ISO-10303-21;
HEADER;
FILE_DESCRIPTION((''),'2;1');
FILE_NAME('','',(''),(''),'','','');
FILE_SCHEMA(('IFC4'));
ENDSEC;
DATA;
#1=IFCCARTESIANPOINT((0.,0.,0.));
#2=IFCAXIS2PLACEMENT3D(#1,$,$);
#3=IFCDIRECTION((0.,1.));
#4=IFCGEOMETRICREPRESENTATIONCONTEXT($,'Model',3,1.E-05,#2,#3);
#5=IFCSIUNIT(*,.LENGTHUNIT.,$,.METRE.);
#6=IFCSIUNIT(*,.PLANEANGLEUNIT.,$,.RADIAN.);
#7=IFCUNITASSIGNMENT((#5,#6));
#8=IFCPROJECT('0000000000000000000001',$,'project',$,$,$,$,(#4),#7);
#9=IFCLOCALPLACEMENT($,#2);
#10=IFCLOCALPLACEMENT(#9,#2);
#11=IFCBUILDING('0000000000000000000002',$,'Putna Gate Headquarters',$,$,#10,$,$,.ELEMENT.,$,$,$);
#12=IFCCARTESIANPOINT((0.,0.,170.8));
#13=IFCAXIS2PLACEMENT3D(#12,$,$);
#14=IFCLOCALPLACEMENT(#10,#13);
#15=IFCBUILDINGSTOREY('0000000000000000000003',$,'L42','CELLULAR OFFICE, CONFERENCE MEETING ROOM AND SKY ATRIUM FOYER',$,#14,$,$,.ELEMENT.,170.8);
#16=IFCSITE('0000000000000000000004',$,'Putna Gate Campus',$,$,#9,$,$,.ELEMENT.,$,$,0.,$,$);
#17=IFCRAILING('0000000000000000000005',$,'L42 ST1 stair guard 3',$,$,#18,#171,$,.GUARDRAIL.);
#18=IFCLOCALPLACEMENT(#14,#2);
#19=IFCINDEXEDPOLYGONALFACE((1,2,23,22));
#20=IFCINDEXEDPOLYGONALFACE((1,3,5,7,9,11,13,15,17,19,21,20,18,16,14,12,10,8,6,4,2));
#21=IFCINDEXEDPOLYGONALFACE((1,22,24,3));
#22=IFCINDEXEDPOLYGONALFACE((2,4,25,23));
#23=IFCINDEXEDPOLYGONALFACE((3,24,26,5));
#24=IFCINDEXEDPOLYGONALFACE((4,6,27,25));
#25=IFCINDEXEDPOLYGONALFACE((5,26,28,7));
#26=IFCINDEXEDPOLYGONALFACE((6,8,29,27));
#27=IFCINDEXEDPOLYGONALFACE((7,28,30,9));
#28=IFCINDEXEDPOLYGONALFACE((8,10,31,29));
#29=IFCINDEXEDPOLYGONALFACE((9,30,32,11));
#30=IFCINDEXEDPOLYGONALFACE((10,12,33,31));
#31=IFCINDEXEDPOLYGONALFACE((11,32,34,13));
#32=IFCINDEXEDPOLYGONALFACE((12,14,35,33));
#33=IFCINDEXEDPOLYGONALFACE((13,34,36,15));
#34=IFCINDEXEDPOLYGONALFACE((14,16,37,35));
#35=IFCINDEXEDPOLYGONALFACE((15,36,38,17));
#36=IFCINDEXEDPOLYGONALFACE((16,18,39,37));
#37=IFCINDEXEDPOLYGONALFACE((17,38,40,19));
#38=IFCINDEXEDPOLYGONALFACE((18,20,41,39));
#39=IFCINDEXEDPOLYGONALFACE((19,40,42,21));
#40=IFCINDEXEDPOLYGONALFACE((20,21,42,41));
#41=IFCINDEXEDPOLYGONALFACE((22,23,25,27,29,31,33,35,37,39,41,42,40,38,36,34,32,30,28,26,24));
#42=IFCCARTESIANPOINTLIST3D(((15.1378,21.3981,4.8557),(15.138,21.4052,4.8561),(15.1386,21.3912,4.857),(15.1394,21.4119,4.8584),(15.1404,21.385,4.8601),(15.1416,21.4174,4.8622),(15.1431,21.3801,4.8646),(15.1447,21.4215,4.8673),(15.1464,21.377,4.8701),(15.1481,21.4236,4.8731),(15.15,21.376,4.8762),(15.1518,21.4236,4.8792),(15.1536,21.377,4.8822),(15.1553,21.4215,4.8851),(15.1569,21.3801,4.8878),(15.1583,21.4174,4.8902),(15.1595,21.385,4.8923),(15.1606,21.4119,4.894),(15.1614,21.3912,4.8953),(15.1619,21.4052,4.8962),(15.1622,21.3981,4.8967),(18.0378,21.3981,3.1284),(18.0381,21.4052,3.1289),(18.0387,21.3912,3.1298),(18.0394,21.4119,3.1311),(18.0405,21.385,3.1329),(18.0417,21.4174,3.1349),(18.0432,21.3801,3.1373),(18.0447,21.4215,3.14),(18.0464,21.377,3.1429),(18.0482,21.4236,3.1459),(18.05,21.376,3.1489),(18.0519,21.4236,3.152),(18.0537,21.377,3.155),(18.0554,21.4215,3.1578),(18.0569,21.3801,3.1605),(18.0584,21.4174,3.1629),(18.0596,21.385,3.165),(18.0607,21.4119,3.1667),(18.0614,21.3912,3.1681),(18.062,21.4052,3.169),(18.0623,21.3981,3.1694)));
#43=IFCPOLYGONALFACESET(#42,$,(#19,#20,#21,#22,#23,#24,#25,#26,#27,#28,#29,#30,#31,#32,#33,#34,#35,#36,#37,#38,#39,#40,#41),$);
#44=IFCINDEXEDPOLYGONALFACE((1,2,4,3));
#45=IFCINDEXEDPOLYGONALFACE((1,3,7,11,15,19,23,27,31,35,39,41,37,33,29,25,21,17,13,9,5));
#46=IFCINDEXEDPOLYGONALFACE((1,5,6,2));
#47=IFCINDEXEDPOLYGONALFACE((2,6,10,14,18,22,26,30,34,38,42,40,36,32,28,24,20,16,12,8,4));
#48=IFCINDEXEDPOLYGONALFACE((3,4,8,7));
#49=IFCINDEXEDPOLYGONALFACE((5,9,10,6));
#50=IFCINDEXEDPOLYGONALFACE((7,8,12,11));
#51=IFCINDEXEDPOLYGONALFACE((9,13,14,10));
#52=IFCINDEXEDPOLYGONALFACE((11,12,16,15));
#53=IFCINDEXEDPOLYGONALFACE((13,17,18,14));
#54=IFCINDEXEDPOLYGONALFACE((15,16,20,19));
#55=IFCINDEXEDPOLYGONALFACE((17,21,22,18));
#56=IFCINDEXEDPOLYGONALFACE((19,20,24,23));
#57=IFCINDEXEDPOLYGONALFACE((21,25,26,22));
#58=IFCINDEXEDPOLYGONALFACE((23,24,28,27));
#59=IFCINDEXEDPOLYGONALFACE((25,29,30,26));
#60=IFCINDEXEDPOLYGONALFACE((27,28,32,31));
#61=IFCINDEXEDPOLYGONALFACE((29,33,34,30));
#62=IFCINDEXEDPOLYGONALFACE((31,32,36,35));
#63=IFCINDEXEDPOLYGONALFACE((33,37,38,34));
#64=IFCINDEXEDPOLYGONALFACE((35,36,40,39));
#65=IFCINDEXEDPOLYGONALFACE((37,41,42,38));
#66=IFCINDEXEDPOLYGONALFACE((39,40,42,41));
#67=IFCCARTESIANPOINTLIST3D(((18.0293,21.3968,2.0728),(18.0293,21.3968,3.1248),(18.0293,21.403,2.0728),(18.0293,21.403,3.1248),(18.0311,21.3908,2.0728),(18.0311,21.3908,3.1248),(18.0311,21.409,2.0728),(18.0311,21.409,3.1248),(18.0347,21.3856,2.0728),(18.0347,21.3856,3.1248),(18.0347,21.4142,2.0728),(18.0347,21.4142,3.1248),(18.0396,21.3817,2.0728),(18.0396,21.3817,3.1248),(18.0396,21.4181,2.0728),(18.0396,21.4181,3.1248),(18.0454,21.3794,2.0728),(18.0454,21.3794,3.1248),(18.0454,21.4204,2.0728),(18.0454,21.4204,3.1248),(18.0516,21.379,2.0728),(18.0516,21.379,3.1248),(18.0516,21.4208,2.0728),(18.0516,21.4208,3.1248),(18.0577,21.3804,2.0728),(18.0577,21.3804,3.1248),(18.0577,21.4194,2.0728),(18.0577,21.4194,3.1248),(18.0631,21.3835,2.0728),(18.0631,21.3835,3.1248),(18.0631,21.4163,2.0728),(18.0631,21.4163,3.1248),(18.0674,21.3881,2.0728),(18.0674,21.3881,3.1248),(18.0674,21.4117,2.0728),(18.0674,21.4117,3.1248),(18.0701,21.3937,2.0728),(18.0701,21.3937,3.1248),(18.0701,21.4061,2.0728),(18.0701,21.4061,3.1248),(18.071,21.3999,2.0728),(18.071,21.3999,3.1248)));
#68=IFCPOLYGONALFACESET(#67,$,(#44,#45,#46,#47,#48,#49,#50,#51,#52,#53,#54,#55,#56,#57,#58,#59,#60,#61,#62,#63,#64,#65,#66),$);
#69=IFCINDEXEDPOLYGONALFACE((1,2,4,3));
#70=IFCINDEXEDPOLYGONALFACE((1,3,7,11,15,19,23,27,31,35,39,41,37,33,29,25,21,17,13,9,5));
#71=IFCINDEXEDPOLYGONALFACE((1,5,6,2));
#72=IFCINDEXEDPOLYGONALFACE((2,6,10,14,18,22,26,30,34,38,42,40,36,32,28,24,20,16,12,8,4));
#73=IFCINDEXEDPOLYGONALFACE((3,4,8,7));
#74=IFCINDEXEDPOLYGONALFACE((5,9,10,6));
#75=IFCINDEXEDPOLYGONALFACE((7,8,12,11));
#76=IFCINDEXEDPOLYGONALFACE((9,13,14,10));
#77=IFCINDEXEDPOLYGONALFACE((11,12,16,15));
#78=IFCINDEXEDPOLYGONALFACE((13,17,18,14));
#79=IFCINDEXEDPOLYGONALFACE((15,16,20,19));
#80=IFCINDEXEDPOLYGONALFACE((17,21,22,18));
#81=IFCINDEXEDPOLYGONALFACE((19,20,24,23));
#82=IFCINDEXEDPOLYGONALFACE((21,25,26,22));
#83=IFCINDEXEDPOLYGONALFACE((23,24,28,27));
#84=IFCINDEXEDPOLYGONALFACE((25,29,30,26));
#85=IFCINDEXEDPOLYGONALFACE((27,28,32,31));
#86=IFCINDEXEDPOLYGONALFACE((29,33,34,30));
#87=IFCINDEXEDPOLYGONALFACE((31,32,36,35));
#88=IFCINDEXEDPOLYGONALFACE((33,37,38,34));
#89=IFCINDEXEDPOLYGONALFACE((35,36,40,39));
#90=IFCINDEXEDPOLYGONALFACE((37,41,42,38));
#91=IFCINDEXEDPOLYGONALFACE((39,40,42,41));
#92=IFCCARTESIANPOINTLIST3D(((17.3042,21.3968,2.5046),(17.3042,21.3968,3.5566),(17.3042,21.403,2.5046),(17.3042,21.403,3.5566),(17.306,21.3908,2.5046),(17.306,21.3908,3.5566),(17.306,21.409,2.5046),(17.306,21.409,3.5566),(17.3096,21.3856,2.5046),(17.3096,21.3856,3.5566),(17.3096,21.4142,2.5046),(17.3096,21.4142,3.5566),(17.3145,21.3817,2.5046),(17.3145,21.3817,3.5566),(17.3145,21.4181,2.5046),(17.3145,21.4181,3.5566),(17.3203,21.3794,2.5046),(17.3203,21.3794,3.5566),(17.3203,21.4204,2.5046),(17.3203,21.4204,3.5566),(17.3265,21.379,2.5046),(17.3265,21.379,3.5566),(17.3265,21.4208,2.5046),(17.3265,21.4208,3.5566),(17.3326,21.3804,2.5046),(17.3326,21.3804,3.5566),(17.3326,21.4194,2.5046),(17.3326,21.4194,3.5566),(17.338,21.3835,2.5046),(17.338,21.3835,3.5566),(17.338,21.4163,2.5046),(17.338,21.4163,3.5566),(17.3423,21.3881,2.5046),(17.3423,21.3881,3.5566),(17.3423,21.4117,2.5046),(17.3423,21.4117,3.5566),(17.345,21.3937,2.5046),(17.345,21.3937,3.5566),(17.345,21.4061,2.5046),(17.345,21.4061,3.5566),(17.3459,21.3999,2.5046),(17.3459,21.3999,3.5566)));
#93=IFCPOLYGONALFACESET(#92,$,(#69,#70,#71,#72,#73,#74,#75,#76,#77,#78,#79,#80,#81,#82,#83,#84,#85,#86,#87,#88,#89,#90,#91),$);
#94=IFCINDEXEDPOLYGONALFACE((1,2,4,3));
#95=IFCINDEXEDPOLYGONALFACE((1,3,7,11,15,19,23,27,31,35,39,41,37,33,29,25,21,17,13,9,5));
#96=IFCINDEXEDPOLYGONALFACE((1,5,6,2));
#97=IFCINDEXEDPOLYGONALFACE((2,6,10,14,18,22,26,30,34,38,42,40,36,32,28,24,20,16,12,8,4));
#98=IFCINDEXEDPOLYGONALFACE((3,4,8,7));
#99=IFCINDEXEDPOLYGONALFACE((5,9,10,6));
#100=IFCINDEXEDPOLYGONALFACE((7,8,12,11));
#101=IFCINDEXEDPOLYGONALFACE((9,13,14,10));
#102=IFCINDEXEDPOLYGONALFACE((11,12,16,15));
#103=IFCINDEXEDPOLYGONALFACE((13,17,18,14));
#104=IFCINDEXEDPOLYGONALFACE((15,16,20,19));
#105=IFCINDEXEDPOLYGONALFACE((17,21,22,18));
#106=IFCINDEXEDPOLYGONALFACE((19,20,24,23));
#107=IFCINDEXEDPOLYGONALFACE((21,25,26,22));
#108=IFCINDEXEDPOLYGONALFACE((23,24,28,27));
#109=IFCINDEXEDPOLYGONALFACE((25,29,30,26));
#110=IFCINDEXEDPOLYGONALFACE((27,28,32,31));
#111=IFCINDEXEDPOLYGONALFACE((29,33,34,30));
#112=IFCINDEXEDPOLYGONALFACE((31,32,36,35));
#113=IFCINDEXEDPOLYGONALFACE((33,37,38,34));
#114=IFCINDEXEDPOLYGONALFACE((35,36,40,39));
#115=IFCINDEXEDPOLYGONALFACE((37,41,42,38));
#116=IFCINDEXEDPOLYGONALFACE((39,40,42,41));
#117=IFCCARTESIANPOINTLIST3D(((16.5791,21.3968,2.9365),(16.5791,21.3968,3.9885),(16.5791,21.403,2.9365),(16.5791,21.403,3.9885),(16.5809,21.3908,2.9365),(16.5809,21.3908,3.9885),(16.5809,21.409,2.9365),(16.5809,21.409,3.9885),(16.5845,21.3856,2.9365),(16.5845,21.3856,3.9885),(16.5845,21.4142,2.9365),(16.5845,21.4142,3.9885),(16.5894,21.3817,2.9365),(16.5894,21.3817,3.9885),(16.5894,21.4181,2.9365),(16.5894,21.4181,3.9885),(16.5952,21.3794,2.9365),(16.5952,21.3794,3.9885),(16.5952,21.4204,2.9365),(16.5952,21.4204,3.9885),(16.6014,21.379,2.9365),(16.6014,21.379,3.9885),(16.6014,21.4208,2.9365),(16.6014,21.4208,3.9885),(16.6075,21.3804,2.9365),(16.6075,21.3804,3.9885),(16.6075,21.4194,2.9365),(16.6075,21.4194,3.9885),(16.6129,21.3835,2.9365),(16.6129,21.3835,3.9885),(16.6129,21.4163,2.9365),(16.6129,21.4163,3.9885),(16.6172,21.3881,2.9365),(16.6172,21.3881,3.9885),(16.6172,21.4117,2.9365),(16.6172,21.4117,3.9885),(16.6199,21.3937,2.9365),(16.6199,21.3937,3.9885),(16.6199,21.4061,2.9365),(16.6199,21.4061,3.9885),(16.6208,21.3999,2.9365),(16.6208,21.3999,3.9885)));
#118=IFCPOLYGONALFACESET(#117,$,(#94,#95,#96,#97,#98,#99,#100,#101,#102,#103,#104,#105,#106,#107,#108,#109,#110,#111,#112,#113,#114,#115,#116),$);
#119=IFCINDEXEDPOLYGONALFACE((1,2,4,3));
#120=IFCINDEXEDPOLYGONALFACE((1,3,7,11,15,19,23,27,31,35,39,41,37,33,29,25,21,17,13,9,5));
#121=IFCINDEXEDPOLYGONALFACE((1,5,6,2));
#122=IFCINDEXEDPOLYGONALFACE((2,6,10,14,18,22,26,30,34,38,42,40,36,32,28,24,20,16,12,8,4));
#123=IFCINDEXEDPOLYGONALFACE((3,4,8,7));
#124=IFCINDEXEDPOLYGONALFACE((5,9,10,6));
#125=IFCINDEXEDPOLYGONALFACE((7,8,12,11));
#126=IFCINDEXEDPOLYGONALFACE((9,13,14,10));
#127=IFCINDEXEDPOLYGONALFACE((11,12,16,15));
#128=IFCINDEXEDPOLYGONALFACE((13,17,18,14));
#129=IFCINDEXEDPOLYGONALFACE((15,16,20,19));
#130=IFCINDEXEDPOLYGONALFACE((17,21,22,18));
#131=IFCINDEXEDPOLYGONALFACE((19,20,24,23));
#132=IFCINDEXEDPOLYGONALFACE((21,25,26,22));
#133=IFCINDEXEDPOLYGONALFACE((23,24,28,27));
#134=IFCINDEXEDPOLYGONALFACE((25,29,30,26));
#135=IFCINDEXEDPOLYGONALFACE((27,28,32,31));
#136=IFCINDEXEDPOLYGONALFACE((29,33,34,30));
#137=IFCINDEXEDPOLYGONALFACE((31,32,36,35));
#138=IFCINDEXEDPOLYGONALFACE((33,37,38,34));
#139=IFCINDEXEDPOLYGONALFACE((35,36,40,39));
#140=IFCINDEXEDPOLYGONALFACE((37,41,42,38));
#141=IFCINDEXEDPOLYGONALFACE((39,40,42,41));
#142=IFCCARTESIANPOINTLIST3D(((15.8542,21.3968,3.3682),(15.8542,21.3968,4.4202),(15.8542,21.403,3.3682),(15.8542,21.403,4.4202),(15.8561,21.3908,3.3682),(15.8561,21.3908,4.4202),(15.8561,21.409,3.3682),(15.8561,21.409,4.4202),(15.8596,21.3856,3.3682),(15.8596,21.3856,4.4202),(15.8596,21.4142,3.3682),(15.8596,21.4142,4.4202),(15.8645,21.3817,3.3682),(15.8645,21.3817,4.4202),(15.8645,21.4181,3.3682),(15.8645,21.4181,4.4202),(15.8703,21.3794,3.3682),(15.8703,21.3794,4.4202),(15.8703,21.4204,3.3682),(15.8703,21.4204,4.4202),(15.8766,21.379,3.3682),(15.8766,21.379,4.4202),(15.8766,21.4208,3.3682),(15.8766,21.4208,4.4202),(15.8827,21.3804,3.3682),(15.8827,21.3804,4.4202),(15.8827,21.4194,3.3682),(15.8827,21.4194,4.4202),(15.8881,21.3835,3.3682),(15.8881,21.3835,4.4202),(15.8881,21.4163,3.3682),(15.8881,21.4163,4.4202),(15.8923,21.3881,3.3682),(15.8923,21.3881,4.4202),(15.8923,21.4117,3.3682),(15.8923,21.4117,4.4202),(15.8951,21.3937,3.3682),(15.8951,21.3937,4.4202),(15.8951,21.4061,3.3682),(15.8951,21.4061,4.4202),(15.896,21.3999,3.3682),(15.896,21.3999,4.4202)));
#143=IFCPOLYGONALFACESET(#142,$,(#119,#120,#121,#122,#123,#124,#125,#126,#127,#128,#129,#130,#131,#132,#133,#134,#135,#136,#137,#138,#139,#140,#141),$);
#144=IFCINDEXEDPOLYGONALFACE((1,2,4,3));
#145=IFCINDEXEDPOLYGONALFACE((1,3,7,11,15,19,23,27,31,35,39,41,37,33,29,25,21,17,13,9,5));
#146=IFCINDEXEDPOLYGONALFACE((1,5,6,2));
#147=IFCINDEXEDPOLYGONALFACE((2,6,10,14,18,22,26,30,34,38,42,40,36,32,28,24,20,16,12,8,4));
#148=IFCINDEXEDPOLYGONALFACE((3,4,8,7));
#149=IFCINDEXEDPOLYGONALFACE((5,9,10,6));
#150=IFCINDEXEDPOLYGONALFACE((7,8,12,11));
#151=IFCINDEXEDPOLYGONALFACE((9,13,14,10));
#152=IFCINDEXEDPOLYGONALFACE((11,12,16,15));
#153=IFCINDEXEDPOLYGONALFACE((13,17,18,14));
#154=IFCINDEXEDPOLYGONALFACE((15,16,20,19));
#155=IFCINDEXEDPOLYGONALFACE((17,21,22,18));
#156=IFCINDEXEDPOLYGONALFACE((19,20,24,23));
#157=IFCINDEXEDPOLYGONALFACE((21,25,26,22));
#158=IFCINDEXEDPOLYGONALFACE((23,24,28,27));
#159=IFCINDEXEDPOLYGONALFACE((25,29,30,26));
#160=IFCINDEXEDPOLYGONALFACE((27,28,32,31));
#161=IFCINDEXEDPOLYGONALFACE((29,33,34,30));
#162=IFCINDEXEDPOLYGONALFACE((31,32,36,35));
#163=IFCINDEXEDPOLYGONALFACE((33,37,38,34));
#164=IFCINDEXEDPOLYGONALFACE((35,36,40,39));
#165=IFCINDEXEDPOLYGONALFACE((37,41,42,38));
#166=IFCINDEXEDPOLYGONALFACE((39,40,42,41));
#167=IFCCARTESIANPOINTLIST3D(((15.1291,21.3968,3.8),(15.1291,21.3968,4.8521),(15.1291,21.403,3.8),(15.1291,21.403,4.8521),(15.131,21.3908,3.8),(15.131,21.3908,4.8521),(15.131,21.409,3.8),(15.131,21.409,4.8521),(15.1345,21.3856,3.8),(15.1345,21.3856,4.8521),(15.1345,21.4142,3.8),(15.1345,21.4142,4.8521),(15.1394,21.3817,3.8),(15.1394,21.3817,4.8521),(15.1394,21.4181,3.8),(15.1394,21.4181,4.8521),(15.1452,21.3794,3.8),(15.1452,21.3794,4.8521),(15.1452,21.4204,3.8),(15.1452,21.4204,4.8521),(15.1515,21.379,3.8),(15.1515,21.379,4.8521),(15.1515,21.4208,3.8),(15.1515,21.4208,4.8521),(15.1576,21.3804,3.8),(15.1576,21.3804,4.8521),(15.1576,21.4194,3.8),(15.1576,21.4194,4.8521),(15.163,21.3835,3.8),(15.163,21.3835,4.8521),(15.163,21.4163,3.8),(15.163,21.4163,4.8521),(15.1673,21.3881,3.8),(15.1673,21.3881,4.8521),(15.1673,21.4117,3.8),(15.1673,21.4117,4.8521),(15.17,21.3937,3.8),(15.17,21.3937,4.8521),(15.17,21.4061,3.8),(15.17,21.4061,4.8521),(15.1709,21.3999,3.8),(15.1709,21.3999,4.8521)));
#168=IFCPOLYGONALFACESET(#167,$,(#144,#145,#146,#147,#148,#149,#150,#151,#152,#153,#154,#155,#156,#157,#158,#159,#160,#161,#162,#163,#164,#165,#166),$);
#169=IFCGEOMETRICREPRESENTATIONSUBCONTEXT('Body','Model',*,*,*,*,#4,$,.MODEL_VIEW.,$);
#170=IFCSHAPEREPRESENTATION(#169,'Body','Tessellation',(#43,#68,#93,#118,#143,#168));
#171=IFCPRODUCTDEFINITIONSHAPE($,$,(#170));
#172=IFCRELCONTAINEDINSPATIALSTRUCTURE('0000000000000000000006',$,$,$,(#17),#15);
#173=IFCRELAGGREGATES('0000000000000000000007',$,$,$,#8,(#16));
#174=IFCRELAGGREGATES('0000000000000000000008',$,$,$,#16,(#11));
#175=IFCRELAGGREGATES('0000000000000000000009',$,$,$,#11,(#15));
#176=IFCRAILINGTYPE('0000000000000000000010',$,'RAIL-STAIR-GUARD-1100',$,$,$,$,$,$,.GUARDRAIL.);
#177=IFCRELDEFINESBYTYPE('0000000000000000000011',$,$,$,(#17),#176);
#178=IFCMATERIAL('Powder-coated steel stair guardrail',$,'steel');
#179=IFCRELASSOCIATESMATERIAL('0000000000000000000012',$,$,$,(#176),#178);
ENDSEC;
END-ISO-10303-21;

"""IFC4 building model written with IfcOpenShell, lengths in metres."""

from ifc_helpers import new_model, si_unit, direction, frame, origin, origin_2d, place, context, subcontext, project, spatial, circle, extrude, material, type_object, element, save


model = new_model("IFC4")

# Units and contexts
model_context = context("Model", 3, precision=1e-05, world=origin(), true_north=direction((0.0, 1.0)))
body_context = subcontext(model_context, "Body", "Model", "MODEL_VIEW")
ifc_project = project(units=[si_unit("LENGTHUNIT", "METRE"), si_unit("PLANEANGLEUNIT", "RADIAN")], contexts=[model_context])

# Site, building, storey
site_placement = place(None, origin())
site = spatial("IfcSite", under=ifc_project, at=site_placement, Name="Putna Gate Campus", CompositionType="ELEMENT", RefElevation=0.0)
building_placement = place(site_placement, origin())
building = spatial("IfcBuilding", under=site, at=building_placement, Name="Putna Gate Headquarters", CompositionType="ELEMENT")
storey_placement = place(building_placement, frame((0.0, 0.0, 170.8)))
storey = spatial("IfcBuildingStorey", under=building, at=storey_placement, Name="L42", Description="CELLULAR OFFICE, CONFERENCE MEETING ROOM AND SKY ATRIUM FOYER", CompositionType="ELEMENT", Elevation=170.8)

# Railing
ifc_material_1 = material(Name="Powder-coated steel stair guardrail", Category="steel")
railing_type_1 = type_object("IfcRailingType", Name="RAIL-STAIR-GUARD-1100", PredefinedType="GUARDRAIL", material=ifc_material_1)
railing_1_placement = place(storey_placement, frame((18.05, 21.3999, 2.0728)))
element("IfcRailing", 1, at=railing_1_placement, inside=storey, type_object=railing_type_1, Name="L42 ST1 stair guard 3", PredefinedType="GUARDRAIL", context=body_context, shape_type="SweptSolid", body=[
    extrude(circle(Radius=0.0239, at=origin_2d()), frame((0.0, 0.0, 1.0762), z_axis=(-0.85916, 0.0, 0.511706), x_axis=(0.0, -1.0, 0.0)), (0.0, 0.0, 1.0), 3.3755),
    extrude(circle(Radius=0.021, at=origin_2d()), origin(), (0.0, 0.0, 1.0), 1.052),
    extrude(circle(Radius=0.021, at=origin_2d()), frame((-0.7251, 0.0, 0.4319)), (0.0, 0.0, 1.0), 1.052),
    extrude(circle(Radius=0.021, at=origin_2d()), frame((-1.4502, 0.0, 0.8638)), (0.0, 0.0, 1.0), 1.052),
    extrude(circle(Radius=0.021, at=origin_2d()), frame((-2.175, 0.0, 1.2954)), (0.0, 0.0, 1.0), 1.052),
    extrude(circle(Radius=0.021, at=origin_2d()), frame((-2.9001, 0.0, 1.7273)), (0.0, 0.0, 1.0), 1.052),
])

save(model, "model.ifc")
